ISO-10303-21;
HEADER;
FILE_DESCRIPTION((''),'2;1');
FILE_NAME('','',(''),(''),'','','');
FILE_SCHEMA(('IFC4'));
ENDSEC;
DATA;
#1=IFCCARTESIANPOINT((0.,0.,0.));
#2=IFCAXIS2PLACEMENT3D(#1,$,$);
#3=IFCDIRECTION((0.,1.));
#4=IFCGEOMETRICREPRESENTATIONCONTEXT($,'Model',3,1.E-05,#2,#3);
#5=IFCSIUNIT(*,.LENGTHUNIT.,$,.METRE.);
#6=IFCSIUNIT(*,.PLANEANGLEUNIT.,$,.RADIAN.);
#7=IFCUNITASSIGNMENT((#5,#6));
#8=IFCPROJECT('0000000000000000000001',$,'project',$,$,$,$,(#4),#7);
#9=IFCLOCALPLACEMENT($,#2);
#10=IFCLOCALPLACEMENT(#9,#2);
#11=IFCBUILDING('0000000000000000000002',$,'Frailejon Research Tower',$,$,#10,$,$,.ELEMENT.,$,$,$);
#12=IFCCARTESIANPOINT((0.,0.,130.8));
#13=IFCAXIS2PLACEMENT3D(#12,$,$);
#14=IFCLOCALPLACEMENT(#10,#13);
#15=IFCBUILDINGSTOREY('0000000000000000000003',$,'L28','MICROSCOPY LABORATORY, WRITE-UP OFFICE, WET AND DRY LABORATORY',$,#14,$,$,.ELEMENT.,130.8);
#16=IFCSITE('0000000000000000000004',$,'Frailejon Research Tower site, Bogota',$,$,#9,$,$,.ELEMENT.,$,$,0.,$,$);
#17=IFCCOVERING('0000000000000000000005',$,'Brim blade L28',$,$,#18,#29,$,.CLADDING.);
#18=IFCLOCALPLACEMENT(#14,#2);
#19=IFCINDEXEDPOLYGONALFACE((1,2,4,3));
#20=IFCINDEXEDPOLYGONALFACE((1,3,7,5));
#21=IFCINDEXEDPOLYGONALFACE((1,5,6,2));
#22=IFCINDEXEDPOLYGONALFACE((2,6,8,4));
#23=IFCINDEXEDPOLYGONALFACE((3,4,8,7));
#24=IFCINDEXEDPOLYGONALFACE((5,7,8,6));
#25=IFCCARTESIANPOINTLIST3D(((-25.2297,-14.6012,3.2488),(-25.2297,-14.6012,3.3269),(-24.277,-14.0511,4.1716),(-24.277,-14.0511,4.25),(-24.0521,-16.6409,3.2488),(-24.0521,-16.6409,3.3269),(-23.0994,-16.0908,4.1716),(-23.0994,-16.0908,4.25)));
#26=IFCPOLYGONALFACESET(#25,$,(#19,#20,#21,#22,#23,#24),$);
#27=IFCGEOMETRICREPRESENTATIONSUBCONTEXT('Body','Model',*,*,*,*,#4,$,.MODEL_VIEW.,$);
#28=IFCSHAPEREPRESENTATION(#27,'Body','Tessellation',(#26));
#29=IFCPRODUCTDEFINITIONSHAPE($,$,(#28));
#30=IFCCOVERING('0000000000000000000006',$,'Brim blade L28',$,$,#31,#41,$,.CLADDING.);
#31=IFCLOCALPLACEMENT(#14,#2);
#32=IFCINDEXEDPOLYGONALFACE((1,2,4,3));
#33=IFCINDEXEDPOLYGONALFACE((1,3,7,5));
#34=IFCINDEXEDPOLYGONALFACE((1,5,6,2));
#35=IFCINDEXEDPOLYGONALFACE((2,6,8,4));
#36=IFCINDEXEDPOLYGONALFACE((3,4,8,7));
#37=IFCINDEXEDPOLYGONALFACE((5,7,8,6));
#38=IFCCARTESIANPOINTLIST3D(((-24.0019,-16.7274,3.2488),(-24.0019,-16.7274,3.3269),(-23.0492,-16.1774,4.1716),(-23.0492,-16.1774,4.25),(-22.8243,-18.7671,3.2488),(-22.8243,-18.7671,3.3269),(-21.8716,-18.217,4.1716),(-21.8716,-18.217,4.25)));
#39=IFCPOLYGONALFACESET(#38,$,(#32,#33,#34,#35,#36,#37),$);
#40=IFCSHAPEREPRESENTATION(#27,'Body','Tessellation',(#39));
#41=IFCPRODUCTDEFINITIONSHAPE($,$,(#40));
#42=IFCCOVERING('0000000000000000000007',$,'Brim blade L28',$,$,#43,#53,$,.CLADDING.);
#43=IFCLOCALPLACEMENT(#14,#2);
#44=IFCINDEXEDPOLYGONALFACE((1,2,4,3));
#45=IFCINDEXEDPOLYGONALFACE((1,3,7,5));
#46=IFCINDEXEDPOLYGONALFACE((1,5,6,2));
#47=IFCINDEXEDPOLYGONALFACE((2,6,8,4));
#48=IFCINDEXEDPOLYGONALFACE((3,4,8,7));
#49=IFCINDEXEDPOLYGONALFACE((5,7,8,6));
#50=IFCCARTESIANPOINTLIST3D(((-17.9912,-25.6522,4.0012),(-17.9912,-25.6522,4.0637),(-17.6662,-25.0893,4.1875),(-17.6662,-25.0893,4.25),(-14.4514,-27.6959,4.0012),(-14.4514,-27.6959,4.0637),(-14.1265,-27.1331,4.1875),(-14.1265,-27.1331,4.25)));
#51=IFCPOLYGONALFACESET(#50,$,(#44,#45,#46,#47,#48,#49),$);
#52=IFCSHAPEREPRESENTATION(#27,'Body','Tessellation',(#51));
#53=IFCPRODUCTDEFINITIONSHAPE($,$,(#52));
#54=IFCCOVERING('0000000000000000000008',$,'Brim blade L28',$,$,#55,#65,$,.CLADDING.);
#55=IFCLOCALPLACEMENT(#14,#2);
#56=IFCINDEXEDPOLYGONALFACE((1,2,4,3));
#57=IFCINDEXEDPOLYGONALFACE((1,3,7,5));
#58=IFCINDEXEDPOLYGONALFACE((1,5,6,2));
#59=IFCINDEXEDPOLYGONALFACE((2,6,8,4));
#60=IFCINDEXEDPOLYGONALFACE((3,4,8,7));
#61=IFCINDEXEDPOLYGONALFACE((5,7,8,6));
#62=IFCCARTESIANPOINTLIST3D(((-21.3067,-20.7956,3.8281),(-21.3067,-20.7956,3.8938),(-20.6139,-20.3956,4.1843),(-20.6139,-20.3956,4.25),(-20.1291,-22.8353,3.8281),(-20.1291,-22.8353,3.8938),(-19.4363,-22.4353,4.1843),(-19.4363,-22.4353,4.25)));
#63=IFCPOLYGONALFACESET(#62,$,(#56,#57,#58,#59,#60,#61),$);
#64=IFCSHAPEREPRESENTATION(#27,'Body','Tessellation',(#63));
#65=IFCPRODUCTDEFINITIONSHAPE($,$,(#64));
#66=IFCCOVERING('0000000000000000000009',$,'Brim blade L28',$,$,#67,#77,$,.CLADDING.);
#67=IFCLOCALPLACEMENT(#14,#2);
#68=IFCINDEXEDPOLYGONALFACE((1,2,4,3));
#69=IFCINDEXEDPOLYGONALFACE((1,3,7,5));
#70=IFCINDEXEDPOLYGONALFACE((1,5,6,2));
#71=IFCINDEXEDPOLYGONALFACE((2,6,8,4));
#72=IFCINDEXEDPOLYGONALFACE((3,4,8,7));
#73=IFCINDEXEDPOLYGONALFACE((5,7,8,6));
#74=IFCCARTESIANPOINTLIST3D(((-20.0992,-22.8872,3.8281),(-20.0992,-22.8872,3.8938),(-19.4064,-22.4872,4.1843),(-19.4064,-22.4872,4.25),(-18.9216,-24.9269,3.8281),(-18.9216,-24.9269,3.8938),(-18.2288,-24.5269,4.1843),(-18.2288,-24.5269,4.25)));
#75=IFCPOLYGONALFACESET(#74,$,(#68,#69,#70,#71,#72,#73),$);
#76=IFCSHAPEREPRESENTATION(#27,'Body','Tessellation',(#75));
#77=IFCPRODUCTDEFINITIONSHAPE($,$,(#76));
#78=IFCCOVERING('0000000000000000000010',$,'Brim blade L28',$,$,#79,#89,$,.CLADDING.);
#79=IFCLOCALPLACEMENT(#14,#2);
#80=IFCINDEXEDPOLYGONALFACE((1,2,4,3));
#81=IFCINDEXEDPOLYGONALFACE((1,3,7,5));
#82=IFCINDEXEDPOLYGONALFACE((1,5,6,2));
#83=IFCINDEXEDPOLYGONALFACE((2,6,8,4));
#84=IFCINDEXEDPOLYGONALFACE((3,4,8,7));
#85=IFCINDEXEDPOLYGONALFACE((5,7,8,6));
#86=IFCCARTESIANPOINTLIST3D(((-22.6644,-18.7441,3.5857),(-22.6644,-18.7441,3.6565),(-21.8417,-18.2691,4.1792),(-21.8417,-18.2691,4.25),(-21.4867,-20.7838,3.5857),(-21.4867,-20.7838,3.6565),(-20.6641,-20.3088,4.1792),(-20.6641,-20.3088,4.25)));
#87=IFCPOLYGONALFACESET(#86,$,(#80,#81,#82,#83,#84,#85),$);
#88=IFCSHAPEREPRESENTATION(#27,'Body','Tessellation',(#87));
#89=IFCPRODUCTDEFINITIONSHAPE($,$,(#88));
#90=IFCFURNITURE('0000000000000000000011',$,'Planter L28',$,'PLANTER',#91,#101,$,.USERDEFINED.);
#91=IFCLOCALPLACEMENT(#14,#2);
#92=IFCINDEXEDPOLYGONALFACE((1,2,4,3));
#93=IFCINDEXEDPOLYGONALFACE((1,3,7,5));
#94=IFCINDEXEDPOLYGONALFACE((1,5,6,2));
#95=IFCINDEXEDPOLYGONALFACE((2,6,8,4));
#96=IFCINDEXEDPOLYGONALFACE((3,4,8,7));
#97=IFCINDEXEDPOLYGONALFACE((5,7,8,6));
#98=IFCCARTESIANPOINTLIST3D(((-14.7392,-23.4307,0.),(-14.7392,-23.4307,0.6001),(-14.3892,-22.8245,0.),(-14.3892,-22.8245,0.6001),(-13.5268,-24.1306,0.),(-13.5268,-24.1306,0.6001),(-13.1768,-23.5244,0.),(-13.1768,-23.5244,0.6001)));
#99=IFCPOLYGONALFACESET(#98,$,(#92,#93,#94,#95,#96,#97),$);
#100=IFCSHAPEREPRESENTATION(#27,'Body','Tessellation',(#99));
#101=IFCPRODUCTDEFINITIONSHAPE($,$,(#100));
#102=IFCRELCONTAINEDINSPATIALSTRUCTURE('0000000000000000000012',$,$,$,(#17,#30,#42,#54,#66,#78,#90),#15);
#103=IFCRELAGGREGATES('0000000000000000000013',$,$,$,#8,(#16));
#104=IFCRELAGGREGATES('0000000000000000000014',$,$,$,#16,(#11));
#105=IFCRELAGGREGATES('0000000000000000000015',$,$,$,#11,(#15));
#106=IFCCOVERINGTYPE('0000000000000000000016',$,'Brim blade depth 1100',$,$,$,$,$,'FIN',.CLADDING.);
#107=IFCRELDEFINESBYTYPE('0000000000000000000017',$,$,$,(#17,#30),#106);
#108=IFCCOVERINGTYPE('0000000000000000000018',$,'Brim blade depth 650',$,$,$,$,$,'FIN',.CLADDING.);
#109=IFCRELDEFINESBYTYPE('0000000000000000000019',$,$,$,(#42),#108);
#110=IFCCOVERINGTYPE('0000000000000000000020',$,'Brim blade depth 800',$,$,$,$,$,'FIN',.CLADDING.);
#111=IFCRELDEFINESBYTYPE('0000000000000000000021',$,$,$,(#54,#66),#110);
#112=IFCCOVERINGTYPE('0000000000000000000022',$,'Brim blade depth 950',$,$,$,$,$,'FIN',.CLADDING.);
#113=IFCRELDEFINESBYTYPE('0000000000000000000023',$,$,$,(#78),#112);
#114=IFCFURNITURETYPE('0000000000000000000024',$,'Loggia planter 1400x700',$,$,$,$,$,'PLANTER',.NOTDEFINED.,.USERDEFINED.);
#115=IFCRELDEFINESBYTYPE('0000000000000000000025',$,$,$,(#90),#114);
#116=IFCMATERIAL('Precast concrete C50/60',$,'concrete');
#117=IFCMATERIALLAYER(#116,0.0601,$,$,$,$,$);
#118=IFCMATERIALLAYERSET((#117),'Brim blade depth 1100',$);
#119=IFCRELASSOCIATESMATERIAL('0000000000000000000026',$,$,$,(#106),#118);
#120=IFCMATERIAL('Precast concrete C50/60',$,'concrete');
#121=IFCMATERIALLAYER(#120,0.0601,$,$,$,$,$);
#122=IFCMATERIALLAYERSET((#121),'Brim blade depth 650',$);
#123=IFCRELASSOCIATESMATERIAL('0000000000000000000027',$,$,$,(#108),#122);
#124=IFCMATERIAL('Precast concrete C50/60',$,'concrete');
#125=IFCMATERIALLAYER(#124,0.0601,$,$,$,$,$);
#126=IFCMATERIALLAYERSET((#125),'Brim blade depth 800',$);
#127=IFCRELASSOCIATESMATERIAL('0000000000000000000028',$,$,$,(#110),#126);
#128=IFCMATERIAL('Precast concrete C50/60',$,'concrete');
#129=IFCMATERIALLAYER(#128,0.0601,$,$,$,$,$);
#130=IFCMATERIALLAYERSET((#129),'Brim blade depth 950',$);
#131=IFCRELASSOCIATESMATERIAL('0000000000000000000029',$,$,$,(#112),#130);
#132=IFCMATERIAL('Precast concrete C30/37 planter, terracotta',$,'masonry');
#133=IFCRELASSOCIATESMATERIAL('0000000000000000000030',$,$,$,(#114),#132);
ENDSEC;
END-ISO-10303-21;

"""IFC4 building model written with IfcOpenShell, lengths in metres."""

from ifc_helpers import new_model, si_unit, direction, frame, origin, origin_2d, place, context, subcontext, project, spatial, polyline, rectangle, outline, extrude, material, layer, layer_set, type_object, element, save


model = new_model("IFC4")

# Units and contexts
model_context = context("Model", 3, precision=1e-05, world=origin(), true_north=direction((0.0, 1.0)))
body_context = subcontext(model_context, "Body", "Model", "MODEL_VIEW")
ifc_project = project(units=[si_unit("LENGTHUNIT", "METRE"), si_unit("PLANEANGLEUNIT", "RADIAN")], contexts=[model_context])

# Site, building, storey
site_placement = place(None, origin())
site = spatial("IfcSite", under=ifc_project, at=site_placement, Name="Frailejon Research Tower site, Bogota", CompositionType="ELEMENT", RefElevation=0.0)
building_placement = place(site_placement, origin())
building = spatial("IfcBuilding", under=site, at=building_placement, Name="Frailejon Research Tower", CompositionType="ELEMENT")
storey_placement = place(building_placement, frame((0.0, 0.0, 130.8)))
storey = spatial("IfcBuildingStorey", under=building, at=storey_placement, Name="L28", Description="MICROSCOPY LABORATORY, WRITE-UP OFFICE, WET AND DRY LABORATORY", CompositionType="ELEMENT", Elevation=130.8)

# Coverings
ifc_material_1 = material(Name="Precast concrete C50/60", Category="concrete")
ifc_layer_1 = layer(ifc_material_1, 0.0601)
ifc_layer_set_1 = layer_set([ifc_layer_1], Name="Brim blade depth 1100")
covering_type_1 = type_object("IfcCoveringType", Name="Brim blade depth 1100", ElementType="FIN", PredefinedType="CLADDING", material=ifc_layer_set_1)
for number, where, z_axis, x_axis, name in (
    (1, (-23.0994, -16.0908, 4.25), (-0.500006, 0.866022, 0.0), (-0.866022, -0.500006, 0.0), "Brim blade L28"),
    (2, (-21.8716, -18.217, 4.25), (-0.499997, 0.866027, 0.0), (-0.866027, -0.499997, 0.0), "Brim blade L28"),
):
    element("IfcCovering", number, at=place(storey_placement, frame(where, z_axis=z_axis, x_axis=x_axis)), inside=storey, type_object=covering_type_1, Name=name, PredefinedType="CLADDING", context=body_context, shape_type="SweptSolid", body=[
        extrude(outline(polyline([(0.0, -0.0784), (1.1001, -1.0012), (1.1001, -0.9231), (0.0, 0.0), (0.0, -0.0784)])), origin(), (0.0, 0.0, 1.0), 2.3552),
    ])
ifc_material_2 = material(Name="Precast concrete C50/60", Category="concrete")
ifc_layer_2 = layer(ifc_material_2, 0.0601)
ifc_layer_set_2 = layer_set([ifc_layer_2], Name="Brim blade depth 650")
covering_type_2 = type_object("IfcCoveringType", Name="Brim blade depth 650", ElementType="FIN", PredefinedType="CLADDING", material=ifc_layer_set_2)
covering_1_placement = place(storey_placement, frame((-14.1265, -27.1331, 4.25), z_axis=(-0.866021, 0.500007, 0.0), x_axis=(-0.500007, -0.866021, 0.0)))
element("IfcCovering", 3, at=covering_1_placement, inside=storey, type_object=covering_type_2, Name="Brim blade L28", PredefinedType="CLADDING", context=body_context, shape_type="SweptSolid", body=[
    extrude(outline(polyline([(0.0, -0.0625), (0.6499, -0.2488), (0.6499, -0.1863), (0.0, 0.0), (0.0, -0.0625)])), origin(), (0.0, 0.0, 1.0), 4.0874),
])
ifc_material_3 = material(Name="Precast concrete C50/60", Category="concrete")
ifc_layer_3 = layer(ifc_material_3, 0.0601)
ifc_layer_set_3 = layer_set([ifc_layer_3], Name="Brim blade depth 800")
covering_type_3 = type_object("IfcCoveringType", Name="Brim blade depth 800", ElementType="FIN", PredefinedType="CLADDING", material=ifc_layer_set_3)
for number, where, z_axis, x_axis, name in (
    (4, (-19.4363, -22.4353, 4.25), (-0.499997, 0.866027, 0.0), (-0.866027, -0.499997, 0.0), "Brim blade L28"),
    (5, (-18.2288, -24.5269, 4.25), (-0.499997, 0.866027, 0.0), (-0.866027, -0.499997, 0.0), "Brim blade L28"),
):
    element("IfcCovering", number, at=place(storey_placement, frame(where, z_axis=z_axis, x_axis=x_axis)), inside=storey, type_object=covering_type_3, Name=name, PredefinedType="CLADDING", context=body_context, shape_type="SweptSolid", body=[
        extrude(outline(polyline([(0.0, -0.0657), (0.8, -0.4219), (0.8, -0.3562), (0.0, 0.0), (0.0, -0.0657)])), origin(), (0.0, 0.0, 1.0), 2.3552),
    ])
ifc_material_4 = material(Name="Precast concrete C50/60", Category="concrete")
ifc_layer_4 = layer(ifc_material_4, 0.0601)
ifc_layer_set_4 = layer_set([ifc_layer_4], Name="Brim blade depth 950")
covering_type_4 = type_object("IfcCoveringType", Name="Brim blade depth 950", ElementType="FIN", PredefinedType="CLADDING", material=ifc_layer_set_4)
covering_2_placement = place(storey_placement, frame((-20.6641, -20.3088, 4.25), z_axis=(-0.499997, 0.866027, 0.0), x_axis=(-0.866027, -0.499997, 0.0)))
element("IfcCovering", 6, at=covering_2_placement, inside=storey, type_object=covering_type_4, Name="Brim blade L28", PredefinedType="CLADDING", context=body_context, shape_type="SweptSolid", body=[
    extrude(outline(polyline([(0.0, -0.0708), (0.95, -0.6643), (0.95, -0.5935), (0.0, 0.0), (0.0, -0.0708)])), origin(), (0.0, 0.0, 1.0), 2.3552),
])

# Furniture
ifc_material_5 = material(Name="Precast concrete C30/37 planter, terracotta", Category="masonry")
furniture_type = type_object("IfcFurnitureType", Name="Loggia planter 1400x700", ElementType="PLANTER", AssemblyPlace="NOTDEFINED", PredefinedType="USERDEFINED", material=ifc_material_5)
furniture_placement = place(storey_placement, frame((-13.958, -23.4775, 0.0), z_axis=(0.0, 0.0, 1.0), x_axis=(0.866025, -0.5, 0.0)))
element("IfcFurniture", 7, at=furniture_placement, inside=storey, type_object=furniture_type, Name="Planter L28", ObjectType="PLANTER", PredefinedType="USERDEFINED", context=body_context, shape_type="SweptSolid", body=[
    extrude(rectangle(XDim=1.3999, YDim=0.7, at=origin_2d()), origin(), (0.0, 0.0, 1.0), 0.6001),
])

save(model, "model.ifc")
